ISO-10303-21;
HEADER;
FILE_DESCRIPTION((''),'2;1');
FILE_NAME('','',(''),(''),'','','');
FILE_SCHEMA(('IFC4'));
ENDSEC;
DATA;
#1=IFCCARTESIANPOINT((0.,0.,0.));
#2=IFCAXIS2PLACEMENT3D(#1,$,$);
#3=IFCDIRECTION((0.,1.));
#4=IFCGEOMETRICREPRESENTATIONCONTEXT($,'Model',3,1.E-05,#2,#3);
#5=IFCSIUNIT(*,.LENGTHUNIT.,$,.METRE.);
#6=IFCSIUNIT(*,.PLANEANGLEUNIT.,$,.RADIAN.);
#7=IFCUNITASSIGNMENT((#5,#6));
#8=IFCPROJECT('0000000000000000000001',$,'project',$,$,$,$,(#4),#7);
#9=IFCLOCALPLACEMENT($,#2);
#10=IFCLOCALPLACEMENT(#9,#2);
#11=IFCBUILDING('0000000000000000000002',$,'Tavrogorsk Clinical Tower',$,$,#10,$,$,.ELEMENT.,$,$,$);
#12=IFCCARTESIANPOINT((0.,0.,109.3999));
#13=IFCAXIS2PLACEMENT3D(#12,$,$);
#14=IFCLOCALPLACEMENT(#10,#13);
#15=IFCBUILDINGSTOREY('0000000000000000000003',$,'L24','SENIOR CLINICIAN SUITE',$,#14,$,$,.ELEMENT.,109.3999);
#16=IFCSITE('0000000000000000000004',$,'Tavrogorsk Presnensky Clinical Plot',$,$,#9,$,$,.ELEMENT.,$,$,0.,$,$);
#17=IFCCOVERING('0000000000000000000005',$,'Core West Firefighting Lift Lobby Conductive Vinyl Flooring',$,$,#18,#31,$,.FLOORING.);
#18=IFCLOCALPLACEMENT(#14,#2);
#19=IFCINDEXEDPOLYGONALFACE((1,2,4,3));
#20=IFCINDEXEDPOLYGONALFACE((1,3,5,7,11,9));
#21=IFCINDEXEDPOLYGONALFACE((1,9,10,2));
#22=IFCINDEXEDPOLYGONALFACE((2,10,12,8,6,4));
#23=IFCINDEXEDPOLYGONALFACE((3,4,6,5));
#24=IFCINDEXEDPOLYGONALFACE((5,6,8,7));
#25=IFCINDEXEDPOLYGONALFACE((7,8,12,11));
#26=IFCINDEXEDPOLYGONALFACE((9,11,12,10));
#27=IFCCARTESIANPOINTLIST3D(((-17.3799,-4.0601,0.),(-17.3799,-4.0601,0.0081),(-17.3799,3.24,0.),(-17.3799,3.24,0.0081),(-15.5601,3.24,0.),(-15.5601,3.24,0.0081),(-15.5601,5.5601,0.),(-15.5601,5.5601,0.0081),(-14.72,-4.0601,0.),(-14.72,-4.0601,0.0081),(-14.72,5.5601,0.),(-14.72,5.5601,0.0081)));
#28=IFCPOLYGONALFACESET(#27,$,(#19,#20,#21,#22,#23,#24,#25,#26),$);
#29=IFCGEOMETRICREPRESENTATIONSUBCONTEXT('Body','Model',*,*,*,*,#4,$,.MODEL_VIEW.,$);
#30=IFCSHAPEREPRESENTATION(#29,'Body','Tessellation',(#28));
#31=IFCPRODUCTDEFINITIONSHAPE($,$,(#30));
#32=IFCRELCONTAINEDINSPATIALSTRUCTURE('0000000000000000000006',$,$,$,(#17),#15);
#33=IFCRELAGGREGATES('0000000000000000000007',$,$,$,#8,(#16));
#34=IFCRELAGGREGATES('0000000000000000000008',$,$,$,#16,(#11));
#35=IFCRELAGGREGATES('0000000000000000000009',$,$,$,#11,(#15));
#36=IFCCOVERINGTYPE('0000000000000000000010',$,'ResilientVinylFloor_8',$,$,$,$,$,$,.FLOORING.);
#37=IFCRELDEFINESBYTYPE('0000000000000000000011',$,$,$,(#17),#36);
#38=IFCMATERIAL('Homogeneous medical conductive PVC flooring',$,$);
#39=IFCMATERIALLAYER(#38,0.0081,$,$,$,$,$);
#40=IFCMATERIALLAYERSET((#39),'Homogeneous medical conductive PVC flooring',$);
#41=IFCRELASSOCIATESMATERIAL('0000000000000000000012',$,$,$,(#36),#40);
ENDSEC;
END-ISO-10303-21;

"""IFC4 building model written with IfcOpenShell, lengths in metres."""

from ifc_helpers import new_model, si_unit, direction, frame, origin, place, context, subcontext, project, spatial, polyline, outline, extrude, material, layer, layer_set, type_object, element, save


model = new_model("IFC4")

# Units and contexts
model_context = context("Model", 3, precision=1e-05, world=origin(), true_north=direction((0.0, 1.0)))
body_context = subcontext(model_context, "Body", "Model", "MODEL_VIEW")
ifc_project = project(units=[si_unit("LENGTHUNIT", "METRE"), si_unit("PLANEANGLEUNIT", "RADIAN")], contexts=[model_context])

# Site, building, storey
site_placement = place(None, origin())
site = spatial("IfcSite", under=ifc_project, at=site_placement, Name="Tavrogorsk Presnensky Clinical Plot", CompositionType="ELEMENT", RefElevation=0.0)
building_placement = place(site_placement, origin())
building = spatial("IfcBuilding", under=site, at=building_placement, Name="Tavrogorsk Clinical Tower", CompositionType="ELEMENT")
storey_placement = place(building_placement, frame((0.0, 0.0, 109.3999)))
storey = spatial("IfcBuildingStorey", under=building, at=storey_placement, Name="L24", Description="SENIOR CLINICIAN SUITE", CompositionType="ELEMENT", Elevation=109.3999)

# Covering
ifc_material_1 = material(Name="Homogeneous medical conductive PVC flooring")
ifc_layer_1 = layer(ifc_material_1, 0.0081)
ifc_layer_set_1 = layer_set([ifc_layer_1], Name="Homogeneous medical conductive PVC flooring")
covering_type_1 = type_object("IfcCoveringType", Name="ResilientVinylFloor_8", PredefinedType="FLOORING", material=ifc_layer_set_1)
covering_1_placement = place(storey_placement, origin())
element("IfcCovering", 1, at=covering_1_placement, inside=storey, type_object=covering_type_1, Name="Core West Firefighting Lift Lobby Conductive Vinyl Flooring", PredefinedType="FLOORING", context=body_context, shape_type="SweptSolid", body=[
    extrude(outline(polyline([(-14.72, 5.5601), (-14.72, -4.0601), (-17.3799, -4.0601), (-17.3799, 3.24), (-15.5601, 3.24), (-15.5601, 5.5601), (-14.72, 5.5601)])), origin(), (0.0, 0.0, 1.0), 0.0081),
])

save(model, "model.ifc")
